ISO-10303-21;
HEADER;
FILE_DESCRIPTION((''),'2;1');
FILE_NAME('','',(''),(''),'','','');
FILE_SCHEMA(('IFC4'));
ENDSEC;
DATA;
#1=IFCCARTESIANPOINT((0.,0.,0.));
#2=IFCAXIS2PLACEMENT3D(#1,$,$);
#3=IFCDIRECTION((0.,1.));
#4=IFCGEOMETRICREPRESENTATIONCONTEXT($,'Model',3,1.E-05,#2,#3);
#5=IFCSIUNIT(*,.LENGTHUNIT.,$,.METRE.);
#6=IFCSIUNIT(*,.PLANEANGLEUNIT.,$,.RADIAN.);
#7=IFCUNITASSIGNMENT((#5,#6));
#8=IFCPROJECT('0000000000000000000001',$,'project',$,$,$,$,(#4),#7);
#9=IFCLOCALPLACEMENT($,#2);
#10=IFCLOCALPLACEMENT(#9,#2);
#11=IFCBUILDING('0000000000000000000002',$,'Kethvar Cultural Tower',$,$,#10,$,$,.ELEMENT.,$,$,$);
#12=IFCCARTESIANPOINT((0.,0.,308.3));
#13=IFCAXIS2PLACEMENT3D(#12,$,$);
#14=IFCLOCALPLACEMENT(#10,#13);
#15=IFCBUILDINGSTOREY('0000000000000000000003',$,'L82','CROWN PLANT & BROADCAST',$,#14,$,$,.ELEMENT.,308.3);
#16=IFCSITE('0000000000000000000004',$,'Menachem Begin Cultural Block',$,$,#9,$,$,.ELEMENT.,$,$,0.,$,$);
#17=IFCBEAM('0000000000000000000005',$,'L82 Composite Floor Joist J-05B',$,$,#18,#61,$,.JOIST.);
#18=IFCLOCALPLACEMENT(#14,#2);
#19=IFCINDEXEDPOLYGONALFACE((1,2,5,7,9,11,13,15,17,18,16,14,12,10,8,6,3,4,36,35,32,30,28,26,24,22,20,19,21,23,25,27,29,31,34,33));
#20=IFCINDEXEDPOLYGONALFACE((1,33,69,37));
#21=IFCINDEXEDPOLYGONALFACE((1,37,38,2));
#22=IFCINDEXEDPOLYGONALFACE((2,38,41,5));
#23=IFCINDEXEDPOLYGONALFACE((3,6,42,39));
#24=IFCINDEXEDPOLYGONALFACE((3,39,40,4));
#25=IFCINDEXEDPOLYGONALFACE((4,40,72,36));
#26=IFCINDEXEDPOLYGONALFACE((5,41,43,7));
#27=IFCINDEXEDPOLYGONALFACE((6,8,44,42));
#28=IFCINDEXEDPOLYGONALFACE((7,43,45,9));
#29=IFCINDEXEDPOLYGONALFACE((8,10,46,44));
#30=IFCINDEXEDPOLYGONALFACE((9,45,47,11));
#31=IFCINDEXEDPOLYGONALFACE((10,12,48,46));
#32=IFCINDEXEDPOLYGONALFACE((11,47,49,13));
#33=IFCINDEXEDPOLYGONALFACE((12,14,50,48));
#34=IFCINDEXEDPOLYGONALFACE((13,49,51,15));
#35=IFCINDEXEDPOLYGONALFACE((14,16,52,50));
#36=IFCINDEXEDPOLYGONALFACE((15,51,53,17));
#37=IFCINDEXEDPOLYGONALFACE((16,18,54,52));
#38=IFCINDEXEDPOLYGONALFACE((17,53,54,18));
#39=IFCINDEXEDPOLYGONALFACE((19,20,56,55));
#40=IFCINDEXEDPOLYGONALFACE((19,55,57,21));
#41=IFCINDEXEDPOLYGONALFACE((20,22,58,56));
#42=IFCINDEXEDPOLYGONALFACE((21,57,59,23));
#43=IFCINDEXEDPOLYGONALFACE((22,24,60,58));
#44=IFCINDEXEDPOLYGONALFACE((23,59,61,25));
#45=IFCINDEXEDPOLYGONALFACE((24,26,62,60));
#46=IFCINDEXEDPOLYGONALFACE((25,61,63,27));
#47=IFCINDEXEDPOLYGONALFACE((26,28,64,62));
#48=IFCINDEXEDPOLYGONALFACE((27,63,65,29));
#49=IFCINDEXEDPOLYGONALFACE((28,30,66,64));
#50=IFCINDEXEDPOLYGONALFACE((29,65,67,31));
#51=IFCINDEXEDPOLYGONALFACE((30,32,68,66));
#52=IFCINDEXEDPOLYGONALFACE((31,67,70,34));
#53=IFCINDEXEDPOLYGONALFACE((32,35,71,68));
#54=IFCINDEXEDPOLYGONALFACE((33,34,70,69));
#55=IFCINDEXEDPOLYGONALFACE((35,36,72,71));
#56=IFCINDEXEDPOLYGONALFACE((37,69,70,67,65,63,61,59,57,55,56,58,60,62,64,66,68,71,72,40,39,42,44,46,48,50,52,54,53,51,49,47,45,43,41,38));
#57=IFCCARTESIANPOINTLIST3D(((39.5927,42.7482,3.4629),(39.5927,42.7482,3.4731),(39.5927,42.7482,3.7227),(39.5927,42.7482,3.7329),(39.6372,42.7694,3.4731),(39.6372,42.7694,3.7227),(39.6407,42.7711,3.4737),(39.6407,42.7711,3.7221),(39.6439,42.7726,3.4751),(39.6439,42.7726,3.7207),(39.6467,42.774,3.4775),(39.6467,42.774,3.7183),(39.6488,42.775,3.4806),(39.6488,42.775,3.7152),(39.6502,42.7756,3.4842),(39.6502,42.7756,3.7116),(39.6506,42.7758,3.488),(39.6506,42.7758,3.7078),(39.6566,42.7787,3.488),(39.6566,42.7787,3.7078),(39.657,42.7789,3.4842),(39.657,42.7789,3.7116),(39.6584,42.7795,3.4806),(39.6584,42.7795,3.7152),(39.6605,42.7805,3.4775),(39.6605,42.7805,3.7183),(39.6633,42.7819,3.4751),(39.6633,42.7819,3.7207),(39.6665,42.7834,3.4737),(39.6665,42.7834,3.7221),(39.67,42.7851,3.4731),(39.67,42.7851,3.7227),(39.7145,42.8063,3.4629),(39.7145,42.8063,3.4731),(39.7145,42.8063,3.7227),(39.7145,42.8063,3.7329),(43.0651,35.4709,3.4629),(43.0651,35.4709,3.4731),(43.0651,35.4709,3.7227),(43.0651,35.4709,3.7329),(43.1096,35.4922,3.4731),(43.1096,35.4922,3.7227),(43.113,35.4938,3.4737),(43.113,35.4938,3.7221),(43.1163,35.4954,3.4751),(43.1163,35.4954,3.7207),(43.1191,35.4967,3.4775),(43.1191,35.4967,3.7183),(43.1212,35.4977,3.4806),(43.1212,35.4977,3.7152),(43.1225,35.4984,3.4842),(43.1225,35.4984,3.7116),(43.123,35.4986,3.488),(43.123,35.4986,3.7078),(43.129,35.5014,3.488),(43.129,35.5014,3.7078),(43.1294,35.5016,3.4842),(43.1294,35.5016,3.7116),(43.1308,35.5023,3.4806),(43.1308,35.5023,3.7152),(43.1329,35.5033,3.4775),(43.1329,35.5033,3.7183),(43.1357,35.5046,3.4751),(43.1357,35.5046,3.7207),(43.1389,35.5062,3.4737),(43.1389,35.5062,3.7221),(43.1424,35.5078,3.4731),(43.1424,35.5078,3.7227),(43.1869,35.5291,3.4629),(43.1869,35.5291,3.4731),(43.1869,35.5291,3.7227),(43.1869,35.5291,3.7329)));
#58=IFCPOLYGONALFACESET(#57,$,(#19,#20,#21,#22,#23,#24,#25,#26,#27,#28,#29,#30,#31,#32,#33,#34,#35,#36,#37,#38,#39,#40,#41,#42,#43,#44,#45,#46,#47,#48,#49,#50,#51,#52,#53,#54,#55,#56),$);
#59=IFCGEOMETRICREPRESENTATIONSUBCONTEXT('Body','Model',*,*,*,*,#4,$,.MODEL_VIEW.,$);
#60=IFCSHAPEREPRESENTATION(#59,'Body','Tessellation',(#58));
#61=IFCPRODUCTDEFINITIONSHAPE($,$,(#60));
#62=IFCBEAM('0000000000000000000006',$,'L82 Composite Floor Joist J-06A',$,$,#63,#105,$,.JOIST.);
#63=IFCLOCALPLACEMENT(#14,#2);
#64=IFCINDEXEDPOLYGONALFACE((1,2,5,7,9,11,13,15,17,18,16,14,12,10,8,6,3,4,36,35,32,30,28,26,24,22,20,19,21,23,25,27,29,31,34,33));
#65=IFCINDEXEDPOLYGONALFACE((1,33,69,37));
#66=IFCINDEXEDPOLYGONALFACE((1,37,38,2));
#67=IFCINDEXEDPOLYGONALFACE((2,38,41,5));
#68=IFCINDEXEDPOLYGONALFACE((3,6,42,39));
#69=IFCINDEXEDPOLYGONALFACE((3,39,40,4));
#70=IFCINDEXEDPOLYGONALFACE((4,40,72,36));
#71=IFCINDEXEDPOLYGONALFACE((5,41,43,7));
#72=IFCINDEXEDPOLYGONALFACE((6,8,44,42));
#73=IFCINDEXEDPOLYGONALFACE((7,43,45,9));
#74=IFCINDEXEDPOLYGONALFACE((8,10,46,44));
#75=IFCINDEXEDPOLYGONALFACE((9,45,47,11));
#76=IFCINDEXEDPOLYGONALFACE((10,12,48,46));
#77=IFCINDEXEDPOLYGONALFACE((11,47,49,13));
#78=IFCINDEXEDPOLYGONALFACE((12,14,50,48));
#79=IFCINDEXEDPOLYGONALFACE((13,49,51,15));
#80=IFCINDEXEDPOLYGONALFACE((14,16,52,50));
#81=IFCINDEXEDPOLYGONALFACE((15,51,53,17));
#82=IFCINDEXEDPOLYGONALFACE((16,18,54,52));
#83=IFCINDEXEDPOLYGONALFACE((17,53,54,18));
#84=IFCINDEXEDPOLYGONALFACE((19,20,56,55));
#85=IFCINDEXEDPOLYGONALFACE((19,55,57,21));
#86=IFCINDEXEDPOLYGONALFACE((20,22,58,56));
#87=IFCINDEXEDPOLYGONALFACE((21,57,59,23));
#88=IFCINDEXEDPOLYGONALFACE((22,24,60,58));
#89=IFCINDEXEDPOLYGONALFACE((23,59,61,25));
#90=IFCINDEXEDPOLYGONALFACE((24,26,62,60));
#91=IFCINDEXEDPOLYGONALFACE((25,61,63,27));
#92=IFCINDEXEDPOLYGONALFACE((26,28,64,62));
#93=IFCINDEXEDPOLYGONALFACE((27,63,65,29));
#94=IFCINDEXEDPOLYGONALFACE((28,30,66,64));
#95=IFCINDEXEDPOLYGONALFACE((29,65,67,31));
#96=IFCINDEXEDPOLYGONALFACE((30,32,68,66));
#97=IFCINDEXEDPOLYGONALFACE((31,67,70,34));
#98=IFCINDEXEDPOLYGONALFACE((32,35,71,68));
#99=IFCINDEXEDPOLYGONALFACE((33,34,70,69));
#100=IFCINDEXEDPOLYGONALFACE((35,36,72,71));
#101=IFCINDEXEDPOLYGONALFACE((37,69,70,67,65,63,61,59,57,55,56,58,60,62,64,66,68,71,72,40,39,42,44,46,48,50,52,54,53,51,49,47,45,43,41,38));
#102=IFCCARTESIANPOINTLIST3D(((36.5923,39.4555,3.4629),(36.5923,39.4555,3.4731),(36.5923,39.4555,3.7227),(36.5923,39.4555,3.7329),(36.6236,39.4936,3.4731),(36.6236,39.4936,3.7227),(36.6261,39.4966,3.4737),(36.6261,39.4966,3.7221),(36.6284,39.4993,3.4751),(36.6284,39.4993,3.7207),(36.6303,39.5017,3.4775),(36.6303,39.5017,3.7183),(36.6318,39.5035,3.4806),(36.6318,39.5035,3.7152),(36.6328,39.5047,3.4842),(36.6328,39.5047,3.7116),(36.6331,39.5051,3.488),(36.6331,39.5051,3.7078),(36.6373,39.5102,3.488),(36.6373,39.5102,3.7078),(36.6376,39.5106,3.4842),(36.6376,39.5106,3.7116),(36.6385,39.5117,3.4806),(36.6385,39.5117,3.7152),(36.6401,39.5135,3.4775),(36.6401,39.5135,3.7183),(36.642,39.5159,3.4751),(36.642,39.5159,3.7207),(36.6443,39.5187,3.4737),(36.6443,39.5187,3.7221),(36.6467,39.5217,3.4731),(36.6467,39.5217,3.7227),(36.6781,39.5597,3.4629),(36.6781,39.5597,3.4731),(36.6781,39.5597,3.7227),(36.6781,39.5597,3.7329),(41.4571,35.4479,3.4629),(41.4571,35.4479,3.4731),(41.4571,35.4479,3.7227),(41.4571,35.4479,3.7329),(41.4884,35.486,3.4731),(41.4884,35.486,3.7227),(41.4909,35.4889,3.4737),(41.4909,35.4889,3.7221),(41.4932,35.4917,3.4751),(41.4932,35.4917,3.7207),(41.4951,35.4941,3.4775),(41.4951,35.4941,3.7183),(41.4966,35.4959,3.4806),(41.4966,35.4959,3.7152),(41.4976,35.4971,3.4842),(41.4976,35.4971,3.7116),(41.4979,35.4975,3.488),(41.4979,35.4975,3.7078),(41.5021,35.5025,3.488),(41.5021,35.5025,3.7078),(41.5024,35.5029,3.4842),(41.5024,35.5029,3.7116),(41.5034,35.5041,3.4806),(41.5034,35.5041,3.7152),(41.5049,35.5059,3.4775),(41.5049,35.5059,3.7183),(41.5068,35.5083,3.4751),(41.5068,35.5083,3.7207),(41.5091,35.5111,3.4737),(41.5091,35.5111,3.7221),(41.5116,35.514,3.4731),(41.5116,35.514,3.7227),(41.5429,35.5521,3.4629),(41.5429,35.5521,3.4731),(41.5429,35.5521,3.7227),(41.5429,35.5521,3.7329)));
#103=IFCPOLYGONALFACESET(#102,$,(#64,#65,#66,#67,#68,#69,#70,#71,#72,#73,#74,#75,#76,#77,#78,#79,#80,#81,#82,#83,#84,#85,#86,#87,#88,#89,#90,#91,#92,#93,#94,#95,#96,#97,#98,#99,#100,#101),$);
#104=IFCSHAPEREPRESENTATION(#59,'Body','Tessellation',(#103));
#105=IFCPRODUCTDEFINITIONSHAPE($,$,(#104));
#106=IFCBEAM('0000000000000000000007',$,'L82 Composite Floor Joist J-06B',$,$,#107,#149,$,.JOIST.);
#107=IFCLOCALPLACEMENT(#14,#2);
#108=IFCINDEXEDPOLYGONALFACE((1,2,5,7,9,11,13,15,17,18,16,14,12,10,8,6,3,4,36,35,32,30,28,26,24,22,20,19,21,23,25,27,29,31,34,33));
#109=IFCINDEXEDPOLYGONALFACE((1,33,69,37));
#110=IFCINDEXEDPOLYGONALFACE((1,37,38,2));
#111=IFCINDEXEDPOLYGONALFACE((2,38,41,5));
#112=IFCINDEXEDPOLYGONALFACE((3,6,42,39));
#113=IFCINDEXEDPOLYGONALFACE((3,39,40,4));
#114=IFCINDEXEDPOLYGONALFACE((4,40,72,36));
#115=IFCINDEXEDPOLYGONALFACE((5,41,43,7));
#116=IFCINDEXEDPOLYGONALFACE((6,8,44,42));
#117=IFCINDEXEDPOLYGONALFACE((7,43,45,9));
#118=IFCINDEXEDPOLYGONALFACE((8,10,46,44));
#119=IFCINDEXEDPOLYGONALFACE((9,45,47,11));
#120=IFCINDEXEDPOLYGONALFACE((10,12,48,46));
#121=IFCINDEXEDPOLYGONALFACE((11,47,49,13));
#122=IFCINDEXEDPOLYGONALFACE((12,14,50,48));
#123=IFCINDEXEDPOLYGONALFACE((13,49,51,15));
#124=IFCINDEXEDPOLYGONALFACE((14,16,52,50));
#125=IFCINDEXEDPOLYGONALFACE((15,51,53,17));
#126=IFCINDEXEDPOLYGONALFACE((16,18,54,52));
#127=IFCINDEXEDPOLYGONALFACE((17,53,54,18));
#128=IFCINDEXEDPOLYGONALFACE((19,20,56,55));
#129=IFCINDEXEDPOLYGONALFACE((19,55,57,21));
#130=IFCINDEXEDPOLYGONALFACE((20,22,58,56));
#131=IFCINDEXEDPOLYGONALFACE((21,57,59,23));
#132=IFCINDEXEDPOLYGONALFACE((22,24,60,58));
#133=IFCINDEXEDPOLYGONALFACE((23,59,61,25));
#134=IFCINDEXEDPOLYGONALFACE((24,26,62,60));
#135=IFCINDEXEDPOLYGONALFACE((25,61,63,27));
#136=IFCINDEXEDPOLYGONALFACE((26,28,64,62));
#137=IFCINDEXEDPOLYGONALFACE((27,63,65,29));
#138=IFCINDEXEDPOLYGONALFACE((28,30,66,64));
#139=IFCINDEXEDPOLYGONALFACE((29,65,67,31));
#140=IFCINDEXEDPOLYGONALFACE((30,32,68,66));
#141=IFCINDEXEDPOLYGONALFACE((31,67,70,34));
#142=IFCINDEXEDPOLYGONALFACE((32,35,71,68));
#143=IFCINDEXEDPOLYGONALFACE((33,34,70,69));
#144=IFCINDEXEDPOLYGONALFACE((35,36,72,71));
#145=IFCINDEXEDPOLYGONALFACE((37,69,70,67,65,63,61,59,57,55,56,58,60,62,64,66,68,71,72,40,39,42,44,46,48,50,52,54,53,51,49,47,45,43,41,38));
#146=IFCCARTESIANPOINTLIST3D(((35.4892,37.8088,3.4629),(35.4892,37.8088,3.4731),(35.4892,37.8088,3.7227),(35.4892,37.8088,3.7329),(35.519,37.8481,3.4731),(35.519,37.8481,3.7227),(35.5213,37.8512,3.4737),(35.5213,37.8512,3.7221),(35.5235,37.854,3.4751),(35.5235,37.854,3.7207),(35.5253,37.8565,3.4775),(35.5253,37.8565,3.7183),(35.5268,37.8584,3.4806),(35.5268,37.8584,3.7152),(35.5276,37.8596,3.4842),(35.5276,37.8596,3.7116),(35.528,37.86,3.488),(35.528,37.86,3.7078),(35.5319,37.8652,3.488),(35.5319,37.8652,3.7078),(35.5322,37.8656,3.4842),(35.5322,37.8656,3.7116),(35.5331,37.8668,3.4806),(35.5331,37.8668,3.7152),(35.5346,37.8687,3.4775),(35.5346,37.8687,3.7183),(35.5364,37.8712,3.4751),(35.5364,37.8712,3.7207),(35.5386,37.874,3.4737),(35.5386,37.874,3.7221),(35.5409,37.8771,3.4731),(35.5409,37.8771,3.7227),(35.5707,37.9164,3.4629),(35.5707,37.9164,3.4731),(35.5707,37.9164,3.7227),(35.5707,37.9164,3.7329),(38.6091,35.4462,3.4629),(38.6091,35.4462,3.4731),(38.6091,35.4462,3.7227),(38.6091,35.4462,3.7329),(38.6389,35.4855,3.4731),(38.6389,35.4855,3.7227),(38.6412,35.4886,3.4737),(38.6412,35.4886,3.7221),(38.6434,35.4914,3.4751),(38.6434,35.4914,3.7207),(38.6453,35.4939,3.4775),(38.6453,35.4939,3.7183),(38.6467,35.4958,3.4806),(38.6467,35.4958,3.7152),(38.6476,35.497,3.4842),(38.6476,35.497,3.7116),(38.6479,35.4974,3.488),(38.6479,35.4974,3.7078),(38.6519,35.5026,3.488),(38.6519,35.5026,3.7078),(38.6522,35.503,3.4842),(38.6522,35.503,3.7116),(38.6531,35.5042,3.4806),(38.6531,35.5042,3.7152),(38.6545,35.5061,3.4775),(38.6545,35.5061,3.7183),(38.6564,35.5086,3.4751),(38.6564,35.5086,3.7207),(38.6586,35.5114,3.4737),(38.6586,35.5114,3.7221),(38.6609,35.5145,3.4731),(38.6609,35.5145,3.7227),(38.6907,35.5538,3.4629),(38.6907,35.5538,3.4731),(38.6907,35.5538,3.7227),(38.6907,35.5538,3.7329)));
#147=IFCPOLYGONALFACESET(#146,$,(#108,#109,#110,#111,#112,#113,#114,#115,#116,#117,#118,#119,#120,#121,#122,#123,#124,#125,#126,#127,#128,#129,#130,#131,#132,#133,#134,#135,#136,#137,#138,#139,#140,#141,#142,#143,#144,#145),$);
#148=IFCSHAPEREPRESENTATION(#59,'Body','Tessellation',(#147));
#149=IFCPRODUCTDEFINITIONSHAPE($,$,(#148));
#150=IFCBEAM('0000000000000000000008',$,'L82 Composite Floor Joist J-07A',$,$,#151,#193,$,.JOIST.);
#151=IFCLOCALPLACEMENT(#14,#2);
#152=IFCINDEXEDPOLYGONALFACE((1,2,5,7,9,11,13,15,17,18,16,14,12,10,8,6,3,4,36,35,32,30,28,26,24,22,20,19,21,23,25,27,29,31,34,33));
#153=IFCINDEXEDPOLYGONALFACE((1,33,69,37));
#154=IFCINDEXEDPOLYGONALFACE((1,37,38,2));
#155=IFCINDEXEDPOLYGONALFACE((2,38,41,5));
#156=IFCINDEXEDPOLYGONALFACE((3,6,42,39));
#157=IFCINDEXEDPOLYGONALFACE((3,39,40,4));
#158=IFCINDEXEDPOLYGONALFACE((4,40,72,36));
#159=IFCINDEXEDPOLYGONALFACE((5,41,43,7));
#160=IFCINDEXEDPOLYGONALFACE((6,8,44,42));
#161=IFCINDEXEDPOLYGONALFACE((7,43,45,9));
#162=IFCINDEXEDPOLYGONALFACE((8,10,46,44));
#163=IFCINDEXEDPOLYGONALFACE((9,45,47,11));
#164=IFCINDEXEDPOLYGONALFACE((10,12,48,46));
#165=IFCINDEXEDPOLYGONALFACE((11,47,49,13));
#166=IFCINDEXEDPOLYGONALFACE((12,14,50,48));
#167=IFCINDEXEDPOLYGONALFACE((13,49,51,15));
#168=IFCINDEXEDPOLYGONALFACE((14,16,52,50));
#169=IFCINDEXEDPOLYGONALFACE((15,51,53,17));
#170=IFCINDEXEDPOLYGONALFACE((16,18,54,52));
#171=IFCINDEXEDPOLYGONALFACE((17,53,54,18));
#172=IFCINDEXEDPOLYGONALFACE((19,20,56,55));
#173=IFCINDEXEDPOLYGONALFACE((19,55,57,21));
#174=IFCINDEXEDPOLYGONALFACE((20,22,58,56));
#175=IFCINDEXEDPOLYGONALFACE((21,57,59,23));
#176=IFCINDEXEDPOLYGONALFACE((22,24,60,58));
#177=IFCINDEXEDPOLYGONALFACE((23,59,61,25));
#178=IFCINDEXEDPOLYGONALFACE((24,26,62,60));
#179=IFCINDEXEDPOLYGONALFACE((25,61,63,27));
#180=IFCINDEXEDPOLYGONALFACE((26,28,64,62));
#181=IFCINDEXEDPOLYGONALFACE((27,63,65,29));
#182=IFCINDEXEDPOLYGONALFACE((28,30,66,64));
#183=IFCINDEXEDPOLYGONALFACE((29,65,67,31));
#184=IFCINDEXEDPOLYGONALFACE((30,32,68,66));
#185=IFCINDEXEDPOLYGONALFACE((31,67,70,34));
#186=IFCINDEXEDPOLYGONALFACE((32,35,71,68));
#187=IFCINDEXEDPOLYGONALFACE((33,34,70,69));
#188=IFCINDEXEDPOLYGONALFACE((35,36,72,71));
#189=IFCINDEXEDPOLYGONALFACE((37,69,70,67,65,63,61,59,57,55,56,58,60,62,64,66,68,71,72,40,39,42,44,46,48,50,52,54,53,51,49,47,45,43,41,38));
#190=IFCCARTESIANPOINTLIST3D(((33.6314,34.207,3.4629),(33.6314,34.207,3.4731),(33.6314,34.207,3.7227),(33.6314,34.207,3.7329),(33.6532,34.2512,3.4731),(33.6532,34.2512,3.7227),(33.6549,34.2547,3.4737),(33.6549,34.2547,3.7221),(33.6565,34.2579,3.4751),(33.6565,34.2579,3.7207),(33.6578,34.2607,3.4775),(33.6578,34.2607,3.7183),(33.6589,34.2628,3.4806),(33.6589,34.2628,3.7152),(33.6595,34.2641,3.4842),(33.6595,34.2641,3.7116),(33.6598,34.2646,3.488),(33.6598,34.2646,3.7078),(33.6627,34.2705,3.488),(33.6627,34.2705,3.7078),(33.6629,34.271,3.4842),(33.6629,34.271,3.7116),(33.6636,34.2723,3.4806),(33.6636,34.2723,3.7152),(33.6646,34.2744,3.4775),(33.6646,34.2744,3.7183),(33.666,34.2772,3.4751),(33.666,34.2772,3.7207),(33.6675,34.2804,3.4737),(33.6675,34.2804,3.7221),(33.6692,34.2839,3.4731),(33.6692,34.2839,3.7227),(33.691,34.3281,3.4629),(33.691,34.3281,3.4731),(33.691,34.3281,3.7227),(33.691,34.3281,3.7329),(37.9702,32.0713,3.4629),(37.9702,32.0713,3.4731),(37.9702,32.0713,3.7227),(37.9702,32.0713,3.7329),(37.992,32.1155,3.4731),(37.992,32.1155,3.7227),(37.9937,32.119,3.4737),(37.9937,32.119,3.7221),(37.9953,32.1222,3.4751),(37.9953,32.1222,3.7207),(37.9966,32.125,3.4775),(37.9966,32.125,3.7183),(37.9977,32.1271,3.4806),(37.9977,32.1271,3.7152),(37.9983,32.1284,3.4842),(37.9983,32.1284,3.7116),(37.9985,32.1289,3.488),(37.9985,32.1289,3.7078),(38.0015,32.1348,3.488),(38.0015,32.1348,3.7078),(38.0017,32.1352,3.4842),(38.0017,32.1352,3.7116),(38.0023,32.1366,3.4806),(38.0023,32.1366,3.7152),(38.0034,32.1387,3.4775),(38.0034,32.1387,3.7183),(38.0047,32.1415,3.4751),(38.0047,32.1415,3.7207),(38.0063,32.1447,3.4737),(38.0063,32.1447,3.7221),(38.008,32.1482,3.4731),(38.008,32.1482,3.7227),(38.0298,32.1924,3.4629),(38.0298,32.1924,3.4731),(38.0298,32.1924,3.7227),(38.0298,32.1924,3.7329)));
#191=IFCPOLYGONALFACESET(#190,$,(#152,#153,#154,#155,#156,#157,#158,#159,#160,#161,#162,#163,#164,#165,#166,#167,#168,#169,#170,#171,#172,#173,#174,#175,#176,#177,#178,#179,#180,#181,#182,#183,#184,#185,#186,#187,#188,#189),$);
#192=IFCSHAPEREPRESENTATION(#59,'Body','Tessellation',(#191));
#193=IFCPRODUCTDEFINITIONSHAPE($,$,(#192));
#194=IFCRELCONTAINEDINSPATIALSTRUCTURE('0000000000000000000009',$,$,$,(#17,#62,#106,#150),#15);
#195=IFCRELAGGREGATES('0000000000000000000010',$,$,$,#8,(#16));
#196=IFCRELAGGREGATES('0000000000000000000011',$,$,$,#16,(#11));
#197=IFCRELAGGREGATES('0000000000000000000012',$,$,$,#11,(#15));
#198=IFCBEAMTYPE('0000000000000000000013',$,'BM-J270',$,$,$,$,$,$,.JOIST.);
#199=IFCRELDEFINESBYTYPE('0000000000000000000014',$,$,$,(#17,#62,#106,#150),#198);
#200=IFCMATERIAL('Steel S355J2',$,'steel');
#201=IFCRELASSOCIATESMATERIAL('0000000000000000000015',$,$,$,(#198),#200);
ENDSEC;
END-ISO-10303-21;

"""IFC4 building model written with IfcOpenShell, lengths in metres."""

from ifc_helpers import new_model, si_unit, direction, frame, origin, origin_2d, place, context, subcontext, project, spatial, i_section, extrude, source, transform, mapped, material, material_profile, profile_set, type_object, element, save


model = new_model("IFC4")

# Units and contexts
model_context = context("Model", 3, precision=1e-05, world=origin(), true_north=direction((0.0, 1.0)))
body_context = subcontext(model_context, "Body", "Model", "MODEL_VIEW")
ifc_project = project(units=[si_unit("LENGTHUNIT", "METRE"), si_unit("PLANEANGLEUNIT", "RADIAN")], contexts=[model_context])

# Site, building, storey
site_placement = place(None, origin())
site = spatial("IfcSite", under=ifc_project, at=site_placement, Name="Menachem Begin Cultural Block", CompositionType="ELEMENT", RefElevation=0.0)
building_placement = place(site_placement, origin())
building = spatial("IfcBuilding", under=site, at=building_placement, Name="Kethvar Cultural Tower", CompositionType="ELEMENT")
storey_placement = place(building_placement, frame((0.0, 0.0, 308.3)))
storey = spatial("IfcBuildingStorey", under=building, at=storey_placement, Name="L82", Description="CROWN PLANT & BROADCAST", CompositionType="ELEMENT", Elevation=308.3)

# Beams
ifc_material_1 = material(Name="Steel S355J2", Category="steel")
ifc_material_profile_1 = material_profile(ifc_material_1, i_section(OverallWidth=0.135, OverallDepth=0.27, WebThickness=0.0066, FlangeThickness=0.0103, FilletRadius=0.0149, at=origin_2d()), Name="Steel S355J2 — IPE270")
ifc_profile_set_1 = profile_set([ifc_material_profile_1], Name="Steel S355J2 — IPE270")
beam_type_1 = type_object("IfcBeamType", Name="BM-J270", PredefinedType="JOIST", material=ifc_profile_set_1)
shared_shape_1 = source(origin(), body_context, "Body", "SweptSolid", [
    extrude(i_section(OverallWidth=0.135, OverallDepth=0.27, WebThickness=0.0066, FlangeThickness=0.0103, FilletRadius=0.0149, at=origin_2d()), origin(), (0.0, 0.0, 1.0), 8.0632),
])
beam_1_placement = place(storey_placement, frame((43.126, 35.5, 3.5979), z_axis=(-0.430642, 0.902523, 0.0), x_axis=(-0.902523, -0.430642, 0.0)))
element("IfcBeam", 1, at=beam_1_placement, inside=storey, type_object=beam_type_1, Name="L82 Composite Floor Joist J-05B", PredefinedType="JOIST", context=body_context, shape_type="MappedRepresentation", body=[
    mapped(shared_shape_1, transform((0.0, 0.0, 0.0), scale=1.0)),
])
shared_shape_2 = source(origin(), body_context, "Body", "SweptSolid", [
    extrude(i_section(OverallWidth=0.135, OverallDepth=0.27, WebThickness=0.0066, FlangeThickness=0.0103, FilletRadius=0.0149, at=origin_2d()), origin(), (0.0, 0.0, 1.0), 6.303),
])
beam_2_placement = place(storey_placement, frame((41.5, 35.5, 3.5979), z_axis=(-0.771828, 0.635831, 0.0), x_axis=(-0.635831, -0.771828, 0.0)))
element("IfcBeam", 2, at=beam_2_placement, inside=storey, type_object=beam_type_1, Name="L82 Composite Floor Joist J-06A", PredefinedType="JOIST", context=body_context, shape_type="MappedRepresentation", body=[
    mapped(shared_shape_2, transform((0.0, 0.0, 0.0), scale=1.0)),
])
shared_shape_3 = source(origin(), body_context, "Body", "SweptSolid", [
    extrude(i_section(OverallWidth=0.135, OverallDepth=0.27, WebThickness=0.0066, FlangeThickness=0.0103, FilletRadius=0.0149, at=origin_2d()), origin(), (0.0, 0.0, 1.0), 3.9136),
])
beam_3_placement = place(storey_placement, frame((38.6499, 35.5, 3.5979), z_axis=(-0.797214, 0.603697, 0.0), x_axis=(-0.603697, -0.797214, 0.0)))
element("IfcBeam", 3, at=beam_3_placement, inside=storey, type_object=beam_type_1, Name="L82 Composite Floor Joist J-06B", PredefinedType="JOIST", context=body_context, shape_type="MappedRepresentation", body=[
    mapped(shared_shape_3, transform((0.0, 0.0, 0.0), scale=1.0)),
])
shared_shape_4 = source(origin(), body_context, "Body", "SweptSolid", [
    extrude(i_section(OverallWidth=0.135, OverallDepth=0.27, WebThickness=0.0066, FlangeThickness=0.0103, FilletRadius=0.0149, at=origin_2d()), origin(), (0.0, 0.0, 1.0), 4.8359),
])
beam_4_placement = place(storey_placement, frame((38.0, 32.1318, 3.5979), z_axis=(-0.897197, 0.441632, 0.0), x_axis=(-0.441632, -0.897197, 0.0)))
element("IfcBeam", 4, at=beam_4_placement, inside=storey, type_object=beam_type_1, Name="L82 Composite Floor Joist J-07A", PredefinedType="JOIST", context=body_context, shape_type="MappedRepresentation", body=[
    mapped(shared_shape_4, transform((0.0, 0.0, 0.0), scale=1.0)),
])

save(model, "model.ifc")
